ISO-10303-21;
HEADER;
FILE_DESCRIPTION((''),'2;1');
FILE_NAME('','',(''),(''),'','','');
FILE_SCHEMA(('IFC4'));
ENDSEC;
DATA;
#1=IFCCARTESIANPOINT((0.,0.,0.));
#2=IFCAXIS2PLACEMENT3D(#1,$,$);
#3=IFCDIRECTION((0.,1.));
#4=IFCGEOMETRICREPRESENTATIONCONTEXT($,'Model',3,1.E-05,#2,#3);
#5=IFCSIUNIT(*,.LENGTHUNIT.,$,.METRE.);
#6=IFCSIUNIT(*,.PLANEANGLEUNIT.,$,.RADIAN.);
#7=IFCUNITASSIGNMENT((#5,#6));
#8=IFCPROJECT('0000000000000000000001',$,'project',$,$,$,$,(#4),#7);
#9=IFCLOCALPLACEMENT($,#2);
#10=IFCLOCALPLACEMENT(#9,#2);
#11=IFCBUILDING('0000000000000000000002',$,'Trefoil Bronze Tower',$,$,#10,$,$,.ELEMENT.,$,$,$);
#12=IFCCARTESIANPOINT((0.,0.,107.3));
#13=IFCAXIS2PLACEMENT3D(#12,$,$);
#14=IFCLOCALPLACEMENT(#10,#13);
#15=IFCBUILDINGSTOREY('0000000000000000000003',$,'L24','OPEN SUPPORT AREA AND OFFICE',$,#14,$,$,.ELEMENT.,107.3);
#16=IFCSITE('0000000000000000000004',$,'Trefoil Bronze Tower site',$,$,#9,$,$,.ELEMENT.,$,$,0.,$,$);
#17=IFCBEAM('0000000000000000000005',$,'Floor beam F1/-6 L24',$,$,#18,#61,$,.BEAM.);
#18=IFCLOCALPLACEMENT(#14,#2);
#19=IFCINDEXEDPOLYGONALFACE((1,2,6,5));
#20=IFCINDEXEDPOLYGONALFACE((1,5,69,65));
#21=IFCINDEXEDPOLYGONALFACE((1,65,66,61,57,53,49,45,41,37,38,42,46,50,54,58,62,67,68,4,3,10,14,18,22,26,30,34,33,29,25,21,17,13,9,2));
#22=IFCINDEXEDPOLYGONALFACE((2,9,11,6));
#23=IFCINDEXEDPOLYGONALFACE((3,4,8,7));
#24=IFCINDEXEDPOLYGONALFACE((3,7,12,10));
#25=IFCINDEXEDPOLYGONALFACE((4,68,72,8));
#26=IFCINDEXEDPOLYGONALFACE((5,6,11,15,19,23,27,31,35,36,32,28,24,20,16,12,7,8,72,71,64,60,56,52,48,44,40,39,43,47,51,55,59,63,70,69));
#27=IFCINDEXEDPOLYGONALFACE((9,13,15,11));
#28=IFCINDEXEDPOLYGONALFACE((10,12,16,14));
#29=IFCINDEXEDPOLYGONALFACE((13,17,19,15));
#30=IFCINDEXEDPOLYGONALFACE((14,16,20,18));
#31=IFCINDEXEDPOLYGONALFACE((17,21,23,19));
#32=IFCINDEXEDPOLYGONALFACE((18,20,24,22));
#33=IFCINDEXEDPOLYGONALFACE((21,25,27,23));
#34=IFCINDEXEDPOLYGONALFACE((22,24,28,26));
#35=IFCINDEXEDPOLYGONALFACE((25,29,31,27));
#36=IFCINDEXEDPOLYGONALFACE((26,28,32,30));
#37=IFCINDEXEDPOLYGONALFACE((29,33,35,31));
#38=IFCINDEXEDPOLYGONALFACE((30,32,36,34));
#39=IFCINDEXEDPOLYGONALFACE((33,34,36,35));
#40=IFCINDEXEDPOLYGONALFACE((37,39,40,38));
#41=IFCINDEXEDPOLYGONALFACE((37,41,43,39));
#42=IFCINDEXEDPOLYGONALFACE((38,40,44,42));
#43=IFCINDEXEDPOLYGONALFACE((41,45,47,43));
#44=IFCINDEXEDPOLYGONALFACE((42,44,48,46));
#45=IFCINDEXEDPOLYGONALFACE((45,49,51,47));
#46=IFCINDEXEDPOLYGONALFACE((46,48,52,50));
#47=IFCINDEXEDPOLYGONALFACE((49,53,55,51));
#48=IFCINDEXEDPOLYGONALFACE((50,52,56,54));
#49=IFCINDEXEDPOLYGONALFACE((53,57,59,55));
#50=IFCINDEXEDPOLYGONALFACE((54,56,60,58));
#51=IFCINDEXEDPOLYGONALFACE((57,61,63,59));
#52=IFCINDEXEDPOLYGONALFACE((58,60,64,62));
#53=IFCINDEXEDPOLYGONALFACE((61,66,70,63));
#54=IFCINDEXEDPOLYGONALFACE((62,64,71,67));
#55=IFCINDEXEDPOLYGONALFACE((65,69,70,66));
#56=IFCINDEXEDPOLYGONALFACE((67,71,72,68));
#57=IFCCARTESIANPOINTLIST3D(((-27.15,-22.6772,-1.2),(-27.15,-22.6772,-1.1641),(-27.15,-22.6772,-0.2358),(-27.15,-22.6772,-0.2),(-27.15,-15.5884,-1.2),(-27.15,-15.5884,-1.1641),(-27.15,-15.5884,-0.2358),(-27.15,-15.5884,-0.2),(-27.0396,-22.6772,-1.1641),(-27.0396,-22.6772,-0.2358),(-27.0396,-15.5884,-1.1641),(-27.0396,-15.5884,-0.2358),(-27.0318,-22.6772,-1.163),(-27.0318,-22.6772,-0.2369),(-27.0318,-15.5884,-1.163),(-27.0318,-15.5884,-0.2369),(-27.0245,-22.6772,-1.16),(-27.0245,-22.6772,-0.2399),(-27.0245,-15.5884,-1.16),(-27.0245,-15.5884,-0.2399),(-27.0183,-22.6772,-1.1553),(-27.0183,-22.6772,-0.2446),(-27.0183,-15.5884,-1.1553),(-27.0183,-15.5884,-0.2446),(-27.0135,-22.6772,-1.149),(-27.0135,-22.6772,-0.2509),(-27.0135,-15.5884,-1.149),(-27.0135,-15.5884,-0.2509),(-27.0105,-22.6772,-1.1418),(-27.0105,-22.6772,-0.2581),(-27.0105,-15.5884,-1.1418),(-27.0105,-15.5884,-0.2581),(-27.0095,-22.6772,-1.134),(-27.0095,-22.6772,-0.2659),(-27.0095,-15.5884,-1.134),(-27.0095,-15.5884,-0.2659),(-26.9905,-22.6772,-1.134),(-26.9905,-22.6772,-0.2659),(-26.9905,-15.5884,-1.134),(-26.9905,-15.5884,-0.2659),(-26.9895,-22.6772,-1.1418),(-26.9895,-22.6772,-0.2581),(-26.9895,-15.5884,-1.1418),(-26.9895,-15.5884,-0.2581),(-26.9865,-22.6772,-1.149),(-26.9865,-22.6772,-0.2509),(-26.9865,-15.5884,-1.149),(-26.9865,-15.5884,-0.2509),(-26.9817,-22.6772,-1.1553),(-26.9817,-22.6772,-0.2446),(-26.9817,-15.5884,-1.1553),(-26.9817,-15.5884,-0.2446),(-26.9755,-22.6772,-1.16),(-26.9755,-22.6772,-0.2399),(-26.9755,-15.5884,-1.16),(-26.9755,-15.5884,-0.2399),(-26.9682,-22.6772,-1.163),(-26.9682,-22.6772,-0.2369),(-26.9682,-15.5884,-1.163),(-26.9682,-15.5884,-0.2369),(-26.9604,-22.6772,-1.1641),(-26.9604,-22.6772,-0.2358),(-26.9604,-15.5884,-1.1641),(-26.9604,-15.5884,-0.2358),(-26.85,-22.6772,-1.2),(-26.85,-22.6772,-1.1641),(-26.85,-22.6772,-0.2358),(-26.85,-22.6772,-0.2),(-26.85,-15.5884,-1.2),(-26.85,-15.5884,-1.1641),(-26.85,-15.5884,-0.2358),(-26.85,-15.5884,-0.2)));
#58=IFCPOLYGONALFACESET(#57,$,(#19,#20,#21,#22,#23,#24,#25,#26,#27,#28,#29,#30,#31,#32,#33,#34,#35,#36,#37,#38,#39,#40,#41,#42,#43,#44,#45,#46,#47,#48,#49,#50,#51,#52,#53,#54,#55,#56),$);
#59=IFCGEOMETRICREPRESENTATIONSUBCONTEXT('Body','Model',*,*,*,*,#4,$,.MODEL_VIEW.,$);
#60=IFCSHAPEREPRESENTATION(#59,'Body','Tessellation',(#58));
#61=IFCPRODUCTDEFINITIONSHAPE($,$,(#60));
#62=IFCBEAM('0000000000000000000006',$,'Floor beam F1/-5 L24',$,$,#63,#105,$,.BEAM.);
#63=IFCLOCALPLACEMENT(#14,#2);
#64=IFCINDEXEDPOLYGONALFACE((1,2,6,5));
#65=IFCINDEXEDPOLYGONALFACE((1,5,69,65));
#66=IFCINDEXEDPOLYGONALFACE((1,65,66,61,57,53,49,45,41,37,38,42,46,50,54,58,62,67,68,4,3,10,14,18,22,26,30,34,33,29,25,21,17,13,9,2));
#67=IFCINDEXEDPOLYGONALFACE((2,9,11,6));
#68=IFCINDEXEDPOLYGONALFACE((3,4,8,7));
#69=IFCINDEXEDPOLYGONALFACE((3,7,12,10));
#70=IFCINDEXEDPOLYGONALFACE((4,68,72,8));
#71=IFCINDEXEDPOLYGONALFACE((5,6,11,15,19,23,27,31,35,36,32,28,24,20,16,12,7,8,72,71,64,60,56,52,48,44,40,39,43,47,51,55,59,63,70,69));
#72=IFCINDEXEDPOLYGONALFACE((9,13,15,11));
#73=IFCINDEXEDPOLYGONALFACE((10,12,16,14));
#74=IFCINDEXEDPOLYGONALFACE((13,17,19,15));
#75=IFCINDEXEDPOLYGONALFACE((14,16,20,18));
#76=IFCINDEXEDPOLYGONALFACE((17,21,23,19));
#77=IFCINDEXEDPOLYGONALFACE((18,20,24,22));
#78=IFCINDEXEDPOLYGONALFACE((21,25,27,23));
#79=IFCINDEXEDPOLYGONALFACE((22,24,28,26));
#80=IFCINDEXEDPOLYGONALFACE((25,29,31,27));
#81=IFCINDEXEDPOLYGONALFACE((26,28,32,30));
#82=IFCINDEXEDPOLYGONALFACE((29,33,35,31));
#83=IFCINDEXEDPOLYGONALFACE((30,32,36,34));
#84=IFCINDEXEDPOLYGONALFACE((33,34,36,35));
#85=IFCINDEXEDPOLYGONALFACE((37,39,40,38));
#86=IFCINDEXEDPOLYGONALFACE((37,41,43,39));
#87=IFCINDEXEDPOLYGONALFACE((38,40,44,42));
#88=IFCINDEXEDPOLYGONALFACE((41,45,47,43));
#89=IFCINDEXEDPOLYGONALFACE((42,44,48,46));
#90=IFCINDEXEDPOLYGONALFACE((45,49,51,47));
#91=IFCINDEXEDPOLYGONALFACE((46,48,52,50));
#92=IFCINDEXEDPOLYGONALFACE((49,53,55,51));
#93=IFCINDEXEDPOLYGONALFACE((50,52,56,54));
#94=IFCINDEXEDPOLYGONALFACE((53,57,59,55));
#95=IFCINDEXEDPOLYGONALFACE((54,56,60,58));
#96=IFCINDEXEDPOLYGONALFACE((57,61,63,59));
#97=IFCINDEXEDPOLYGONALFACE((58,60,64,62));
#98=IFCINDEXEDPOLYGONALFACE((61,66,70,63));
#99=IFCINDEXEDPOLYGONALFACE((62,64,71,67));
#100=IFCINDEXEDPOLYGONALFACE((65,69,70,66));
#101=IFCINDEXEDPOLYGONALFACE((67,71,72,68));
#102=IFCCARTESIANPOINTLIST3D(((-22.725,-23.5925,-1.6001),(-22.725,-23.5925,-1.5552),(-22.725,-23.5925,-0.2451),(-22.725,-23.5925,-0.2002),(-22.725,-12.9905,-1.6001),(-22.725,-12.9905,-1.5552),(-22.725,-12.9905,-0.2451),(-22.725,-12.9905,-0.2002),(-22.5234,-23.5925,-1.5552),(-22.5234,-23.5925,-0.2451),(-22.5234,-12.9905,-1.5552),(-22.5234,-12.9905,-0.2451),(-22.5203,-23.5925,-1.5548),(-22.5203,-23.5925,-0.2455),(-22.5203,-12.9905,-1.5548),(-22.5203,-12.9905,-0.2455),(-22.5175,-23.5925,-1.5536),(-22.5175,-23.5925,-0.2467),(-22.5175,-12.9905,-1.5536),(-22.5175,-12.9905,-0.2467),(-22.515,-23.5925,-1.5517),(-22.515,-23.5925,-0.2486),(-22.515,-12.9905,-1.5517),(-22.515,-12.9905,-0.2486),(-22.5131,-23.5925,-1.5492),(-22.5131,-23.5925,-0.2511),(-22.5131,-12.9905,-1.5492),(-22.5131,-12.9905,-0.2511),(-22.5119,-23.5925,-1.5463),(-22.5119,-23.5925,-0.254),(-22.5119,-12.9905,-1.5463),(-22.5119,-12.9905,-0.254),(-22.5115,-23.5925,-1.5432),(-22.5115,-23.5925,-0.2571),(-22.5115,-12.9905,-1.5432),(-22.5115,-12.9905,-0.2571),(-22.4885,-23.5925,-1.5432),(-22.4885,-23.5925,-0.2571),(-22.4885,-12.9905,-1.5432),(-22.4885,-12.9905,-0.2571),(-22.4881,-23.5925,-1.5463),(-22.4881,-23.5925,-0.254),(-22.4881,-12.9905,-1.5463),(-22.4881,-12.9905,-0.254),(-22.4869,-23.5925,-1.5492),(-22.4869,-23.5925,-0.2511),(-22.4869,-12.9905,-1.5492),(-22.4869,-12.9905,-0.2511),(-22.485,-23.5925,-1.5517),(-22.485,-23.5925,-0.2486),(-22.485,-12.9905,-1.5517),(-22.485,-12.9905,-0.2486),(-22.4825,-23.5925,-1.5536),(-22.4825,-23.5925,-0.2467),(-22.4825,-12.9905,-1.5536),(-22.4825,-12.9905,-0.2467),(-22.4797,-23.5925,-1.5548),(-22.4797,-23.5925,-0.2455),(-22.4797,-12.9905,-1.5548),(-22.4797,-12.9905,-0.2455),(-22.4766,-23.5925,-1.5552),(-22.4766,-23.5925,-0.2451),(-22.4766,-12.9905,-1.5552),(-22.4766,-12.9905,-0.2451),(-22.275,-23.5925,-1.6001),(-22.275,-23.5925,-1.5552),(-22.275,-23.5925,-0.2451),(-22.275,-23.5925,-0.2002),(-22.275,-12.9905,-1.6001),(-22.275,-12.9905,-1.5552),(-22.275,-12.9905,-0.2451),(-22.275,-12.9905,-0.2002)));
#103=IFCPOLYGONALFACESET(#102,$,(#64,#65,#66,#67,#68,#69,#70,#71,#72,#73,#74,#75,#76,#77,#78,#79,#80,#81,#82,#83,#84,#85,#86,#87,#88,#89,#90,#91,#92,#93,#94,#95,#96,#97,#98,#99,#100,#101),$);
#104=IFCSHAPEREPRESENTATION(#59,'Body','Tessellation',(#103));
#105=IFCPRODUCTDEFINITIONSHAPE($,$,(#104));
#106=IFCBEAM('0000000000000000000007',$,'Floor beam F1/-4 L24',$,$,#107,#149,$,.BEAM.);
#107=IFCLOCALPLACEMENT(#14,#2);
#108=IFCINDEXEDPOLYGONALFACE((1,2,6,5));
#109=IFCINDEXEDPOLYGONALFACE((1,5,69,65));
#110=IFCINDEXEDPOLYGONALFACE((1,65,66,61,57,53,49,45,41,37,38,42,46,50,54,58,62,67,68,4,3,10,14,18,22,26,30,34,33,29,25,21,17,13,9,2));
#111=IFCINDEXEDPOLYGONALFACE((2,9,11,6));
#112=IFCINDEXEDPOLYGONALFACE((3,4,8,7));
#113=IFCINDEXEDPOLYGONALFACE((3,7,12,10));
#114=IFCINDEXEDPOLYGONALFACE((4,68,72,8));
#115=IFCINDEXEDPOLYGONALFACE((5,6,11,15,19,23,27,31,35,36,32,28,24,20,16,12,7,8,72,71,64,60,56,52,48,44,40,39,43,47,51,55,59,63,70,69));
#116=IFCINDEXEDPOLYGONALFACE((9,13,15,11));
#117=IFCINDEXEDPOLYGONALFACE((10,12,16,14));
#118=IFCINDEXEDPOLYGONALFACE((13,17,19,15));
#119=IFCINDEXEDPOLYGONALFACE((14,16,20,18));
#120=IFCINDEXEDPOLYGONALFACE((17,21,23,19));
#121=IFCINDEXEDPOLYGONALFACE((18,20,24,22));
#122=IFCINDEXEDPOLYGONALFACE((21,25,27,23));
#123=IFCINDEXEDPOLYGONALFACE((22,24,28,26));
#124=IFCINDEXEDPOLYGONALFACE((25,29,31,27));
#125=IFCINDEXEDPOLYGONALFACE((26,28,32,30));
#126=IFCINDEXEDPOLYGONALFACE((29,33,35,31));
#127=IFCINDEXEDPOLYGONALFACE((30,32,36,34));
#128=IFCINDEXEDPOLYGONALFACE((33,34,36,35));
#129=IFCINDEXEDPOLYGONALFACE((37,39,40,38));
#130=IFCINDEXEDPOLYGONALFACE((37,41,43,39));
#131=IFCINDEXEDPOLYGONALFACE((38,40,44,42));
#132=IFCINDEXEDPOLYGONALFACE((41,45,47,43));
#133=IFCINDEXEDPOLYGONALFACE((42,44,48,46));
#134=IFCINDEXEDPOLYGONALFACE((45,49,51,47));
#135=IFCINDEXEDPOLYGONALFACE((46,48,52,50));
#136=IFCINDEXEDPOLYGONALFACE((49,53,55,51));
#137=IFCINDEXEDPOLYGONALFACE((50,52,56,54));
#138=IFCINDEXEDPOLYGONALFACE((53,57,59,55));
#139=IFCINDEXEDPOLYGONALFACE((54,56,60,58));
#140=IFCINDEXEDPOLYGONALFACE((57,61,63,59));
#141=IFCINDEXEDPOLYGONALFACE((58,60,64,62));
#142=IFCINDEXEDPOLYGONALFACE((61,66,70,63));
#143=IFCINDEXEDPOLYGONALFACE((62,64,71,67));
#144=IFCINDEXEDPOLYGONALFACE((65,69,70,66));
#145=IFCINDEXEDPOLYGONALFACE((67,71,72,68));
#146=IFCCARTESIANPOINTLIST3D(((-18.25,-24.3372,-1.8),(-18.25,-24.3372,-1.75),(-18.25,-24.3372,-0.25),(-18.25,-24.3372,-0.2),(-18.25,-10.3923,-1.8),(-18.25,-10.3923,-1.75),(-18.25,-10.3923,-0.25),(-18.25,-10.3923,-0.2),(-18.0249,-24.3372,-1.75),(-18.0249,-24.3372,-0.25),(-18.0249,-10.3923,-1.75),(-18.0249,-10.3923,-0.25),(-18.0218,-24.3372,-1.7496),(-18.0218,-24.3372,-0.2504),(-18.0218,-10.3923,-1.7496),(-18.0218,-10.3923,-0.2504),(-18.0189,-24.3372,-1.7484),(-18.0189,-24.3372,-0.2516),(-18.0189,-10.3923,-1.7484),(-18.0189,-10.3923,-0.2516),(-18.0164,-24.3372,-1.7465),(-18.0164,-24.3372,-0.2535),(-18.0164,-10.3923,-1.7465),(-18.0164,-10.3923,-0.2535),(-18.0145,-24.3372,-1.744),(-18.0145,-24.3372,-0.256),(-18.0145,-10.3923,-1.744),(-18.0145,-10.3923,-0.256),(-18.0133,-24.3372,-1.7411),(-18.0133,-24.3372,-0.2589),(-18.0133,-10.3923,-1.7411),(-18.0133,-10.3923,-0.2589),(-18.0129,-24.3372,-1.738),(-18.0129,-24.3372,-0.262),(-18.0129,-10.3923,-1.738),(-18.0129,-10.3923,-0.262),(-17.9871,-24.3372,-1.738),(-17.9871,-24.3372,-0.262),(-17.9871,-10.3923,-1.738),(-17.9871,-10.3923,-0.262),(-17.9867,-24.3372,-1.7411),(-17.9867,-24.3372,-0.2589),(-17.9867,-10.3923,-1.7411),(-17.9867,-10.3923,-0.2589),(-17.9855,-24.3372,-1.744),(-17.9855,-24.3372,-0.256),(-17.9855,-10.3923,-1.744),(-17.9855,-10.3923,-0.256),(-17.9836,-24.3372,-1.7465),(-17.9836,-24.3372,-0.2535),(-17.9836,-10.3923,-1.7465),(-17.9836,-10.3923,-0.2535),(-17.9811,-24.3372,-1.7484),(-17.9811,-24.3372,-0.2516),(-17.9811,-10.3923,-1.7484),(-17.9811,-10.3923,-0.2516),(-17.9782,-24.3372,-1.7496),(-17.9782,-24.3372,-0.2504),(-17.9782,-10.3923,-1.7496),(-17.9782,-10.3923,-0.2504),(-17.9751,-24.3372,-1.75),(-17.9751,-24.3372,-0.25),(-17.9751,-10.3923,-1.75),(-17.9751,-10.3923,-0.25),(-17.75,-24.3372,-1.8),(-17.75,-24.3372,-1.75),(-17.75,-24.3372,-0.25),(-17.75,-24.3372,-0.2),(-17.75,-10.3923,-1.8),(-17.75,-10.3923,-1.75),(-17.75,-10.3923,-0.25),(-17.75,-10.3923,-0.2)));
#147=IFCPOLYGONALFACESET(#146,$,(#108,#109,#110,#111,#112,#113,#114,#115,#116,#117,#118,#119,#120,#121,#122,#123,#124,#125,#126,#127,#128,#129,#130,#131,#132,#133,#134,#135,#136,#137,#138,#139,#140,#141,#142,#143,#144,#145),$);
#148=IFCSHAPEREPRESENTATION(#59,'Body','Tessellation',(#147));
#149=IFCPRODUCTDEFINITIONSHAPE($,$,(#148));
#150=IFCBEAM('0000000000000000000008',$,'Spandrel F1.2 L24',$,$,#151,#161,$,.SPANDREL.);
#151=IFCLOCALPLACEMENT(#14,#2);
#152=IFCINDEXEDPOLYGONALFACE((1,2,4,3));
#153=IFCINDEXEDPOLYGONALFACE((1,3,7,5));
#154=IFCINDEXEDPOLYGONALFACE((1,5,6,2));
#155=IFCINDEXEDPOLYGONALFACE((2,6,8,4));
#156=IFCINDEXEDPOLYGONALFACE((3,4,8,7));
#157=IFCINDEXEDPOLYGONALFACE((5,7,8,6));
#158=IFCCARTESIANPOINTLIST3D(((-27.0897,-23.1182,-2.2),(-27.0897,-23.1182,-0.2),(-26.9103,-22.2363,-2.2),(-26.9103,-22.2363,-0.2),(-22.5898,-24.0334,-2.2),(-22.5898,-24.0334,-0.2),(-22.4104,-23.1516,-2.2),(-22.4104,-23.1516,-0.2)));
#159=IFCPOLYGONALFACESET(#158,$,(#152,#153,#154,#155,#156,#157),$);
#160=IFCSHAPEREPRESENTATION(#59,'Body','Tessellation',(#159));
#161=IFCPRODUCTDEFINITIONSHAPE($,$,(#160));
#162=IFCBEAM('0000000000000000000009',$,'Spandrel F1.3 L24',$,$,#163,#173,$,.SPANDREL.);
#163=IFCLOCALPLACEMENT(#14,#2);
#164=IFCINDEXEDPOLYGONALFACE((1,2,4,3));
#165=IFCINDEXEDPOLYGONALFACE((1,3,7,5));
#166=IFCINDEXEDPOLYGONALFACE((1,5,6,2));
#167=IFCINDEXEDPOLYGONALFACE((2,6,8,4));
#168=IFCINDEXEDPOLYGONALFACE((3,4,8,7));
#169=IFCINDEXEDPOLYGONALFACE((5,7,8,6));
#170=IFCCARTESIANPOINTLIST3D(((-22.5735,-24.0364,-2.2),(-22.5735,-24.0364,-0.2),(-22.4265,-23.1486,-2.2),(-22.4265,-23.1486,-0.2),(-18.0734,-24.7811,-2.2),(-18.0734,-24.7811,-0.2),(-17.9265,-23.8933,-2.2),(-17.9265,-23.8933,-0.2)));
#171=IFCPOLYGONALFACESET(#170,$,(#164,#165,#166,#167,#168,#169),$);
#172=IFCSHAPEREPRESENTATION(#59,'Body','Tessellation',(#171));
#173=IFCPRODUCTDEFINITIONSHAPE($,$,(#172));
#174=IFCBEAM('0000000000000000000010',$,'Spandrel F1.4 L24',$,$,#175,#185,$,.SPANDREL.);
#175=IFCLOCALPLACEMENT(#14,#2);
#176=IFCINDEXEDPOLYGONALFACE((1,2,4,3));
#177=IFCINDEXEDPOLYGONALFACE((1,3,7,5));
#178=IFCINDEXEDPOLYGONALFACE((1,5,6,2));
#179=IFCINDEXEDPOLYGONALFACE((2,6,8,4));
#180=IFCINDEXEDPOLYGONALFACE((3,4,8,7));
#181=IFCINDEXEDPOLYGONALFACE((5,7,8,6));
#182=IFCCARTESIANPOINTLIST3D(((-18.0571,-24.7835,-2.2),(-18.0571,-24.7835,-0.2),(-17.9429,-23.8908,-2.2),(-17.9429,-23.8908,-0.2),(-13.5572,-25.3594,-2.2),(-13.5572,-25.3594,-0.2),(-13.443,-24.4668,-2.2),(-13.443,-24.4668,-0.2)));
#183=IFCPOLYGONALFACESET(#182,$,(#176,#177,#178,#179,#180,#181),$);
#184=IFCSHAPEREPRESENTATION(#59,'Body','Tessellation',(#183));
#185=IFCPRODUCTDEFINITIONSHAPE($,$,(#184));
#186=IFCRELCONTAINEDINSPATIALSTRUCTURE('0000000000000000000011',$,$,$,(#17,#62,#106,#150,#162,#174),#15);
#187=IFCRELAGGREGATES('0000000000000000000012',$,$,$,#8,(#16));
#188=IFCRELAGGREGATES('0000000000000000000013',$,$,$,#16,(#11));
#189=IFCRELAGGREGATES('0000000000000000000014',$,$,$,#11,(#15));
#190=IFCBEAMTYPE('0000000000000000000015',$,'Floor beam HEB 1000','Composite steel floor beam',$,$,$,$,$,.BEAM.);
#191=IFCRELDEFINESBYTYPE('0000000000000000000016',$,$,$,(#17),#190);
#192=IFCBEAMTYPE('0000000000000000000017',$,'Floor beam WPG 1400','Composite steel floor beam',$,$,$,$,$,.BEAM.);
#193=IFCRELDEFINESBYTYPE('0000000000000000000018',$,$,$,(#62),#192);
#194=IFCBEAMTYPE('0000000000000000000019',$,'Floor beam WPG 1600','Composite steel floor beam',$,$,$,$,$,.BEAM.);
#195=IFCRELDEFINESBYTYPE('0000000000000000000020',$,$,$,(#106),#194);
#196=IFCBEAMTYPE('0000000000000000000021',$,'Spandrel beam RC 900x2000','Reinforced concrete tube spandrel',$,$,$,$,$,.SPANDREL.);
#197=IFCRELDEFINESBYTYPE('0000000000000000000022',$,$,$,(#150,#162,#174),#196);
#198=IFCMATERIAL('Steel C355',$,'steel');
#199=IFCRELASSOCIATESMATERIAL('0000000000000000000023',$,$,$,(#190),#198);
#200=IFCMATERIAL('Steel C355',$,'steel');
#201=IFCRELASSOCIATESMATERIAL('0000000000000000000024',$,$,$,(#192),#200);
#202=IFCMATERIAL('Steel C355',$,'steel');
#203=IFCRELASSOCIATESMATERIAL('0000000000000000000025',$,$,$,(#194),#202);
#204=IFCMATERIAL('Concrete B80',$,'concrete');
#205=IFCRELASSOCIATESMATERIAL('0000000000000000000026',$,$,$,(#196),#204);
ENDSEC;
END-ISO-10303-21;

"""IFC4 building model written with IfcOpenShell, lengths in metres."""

from ifc_helpers import new_model, si_unit, direction, frame, origin, origin_2d, place, context, subcontext, project, spatial, rectangle, i_section, extrude, material, material_profile, profile_set, type_object, element, save


model = new_model("IFC4")

# Units and contexts
model_context = context("Model", 3, precision=1e-05, world=origin(), true_north=direction((0.0, 1.0)))
body_context = subcontext(model_context, "Body", "Model", "MODEL_VIEW")
ifc_project = project(units=[si_unit("LENGTHUNIT", "METRE"), si_unit("PLANEANGLEUNIT", "RADIAN")], contexts=[model_context])

# Site, building, storey
site_placement = place(None, origin())
site = spatial("IfcSite", under=ifc_project, at=site_placement, Name="Trefoil Bronze Tower site", CompositionType="ELEMENT", RefElevation=0.0)
building_placement = place(site_placement, origin())
building = spatial("IfcBuilding", under=site, at=building_placement, Name="Trefoil Bronze Tower", CompositionType="ELEMENT")
storey_placement = place(building_placement, frame((0.0, 0.0, 107.3)))
storey = spatial("IfcBuildingStorey", under=building, at=storey_placement, Name="L24", Description="OPEN SUPPORT AREA AND OFFICE", CompositionType="ELEMENT", Elevation=107.3)

# Beams
ifc_material_1 = material(Name="Steel C355", Category="steel")
ifc_material_profile_1 = material_profile(ifc_material_1, i_section(OverallWidth=0.3, OverallDepth=1.0, WebThickness=0.019, FlangeThickness=0.0359, FilletRadius=0.03, at=origin_2d()), Name="HEB 1000")
ifc_profile_set_1 = profile_set([ifc_material_profile_1], Name="Steel C355")
beam_type_1 = type_object("IfcBeamType", Name="Floor beam HEB 1000", Description="Composite steel floor beam", PredefinedType="BEAM", material=ifc_profile_set_1)
beam_1_placement = place(storey_placement, frame((-27.0, -22.6772, -0.7), z_axis=(0.0, 1.0, 0.0), x_axis=(-1.0, 0.0, 0.0)))
element("IfcBeam", 1, at=beam_1_placement, inside=storey, type_object=beam_type_1, Name="Floor beam F1/-6 L24", PredefinedType="BEAM", context=body_context, shape_type="SweptSolid", body=[
    extrude(i_section(OverallWidth=0.3, OverallDepth=1.0, WebThickness=0.019, FlangeThickness=0.0359, FilletRadius=0.03, at=origin_2d()), origin(), (0.0, 0.0, 1.0), 7.0889),
])
ifc_material_2 = material(Name="Steel C355", Category="steel")
ifc_material_profile_2 = material_profile(ifc_material_2, i_section(OverallWidth=0.45, OverallDepth=1.3999, WebThickness=0.0229, FlangeThickness=0.0449, FilletRadius=0.012, at=origin_2d()), Name="WPG 1400")
ifc_profile_set_2 = profile_set([ifc_material_profile_2], Name="Steel C355")
beam_type_2 = type_object("IfcBeamType", Name="Floor beam WPG 1400", Description="Composite steel floor beam", PredefinedType="BEAM", material=ifc_profile_set_2)
beam_2_placement = place(storey_placement, frame((-22.5, -23.5925, -0.9001), z_axis=(0.0, 1.0, 0.0), x_axis=(-1.0, 0.0, 0.0)))
element("IfcBeam", 2, at=beam_2_placement, inside=storey, type_object=beam_type_2, Name="Floor beam F1/-5 L24", PredefinedType="BEAM", context=body_context, shape_type="SweptSolid", body=[
    extrude(i_section(OverallWidth=0.45, OverallDepth=1.3999, WebThickness=0.0229, FlangeThickness=0.0449, FilletRadius=0.012, at=origin_2d()), origin(), (0.0, 0.0, 1.0), 10.6021),
])
ifc_material_3 = material(Name="Steel C355", Category="steel")
ifc_material_profile_3 = material_profile(ifc_material_3, i_section(OverallWidth=0.5, OverallDepth=1.6001, WebThickness=0.0259, FlangeThickness=0.05, FilletRadius=0.012, at=origin_2d()), Name="WPG 1600")
ifc_profile_set_3 = profile_set([ifc_material_profile_3], Name="Steel C355")
beam_type_3 = type_object("IfcBeamType", Name="Floor beam WPG 1600", Description="Composite steel floor beam", PredefinedType="BEAM", material=ifc_profile_set_3)
beam_3_placement = place(storey_placement, frame((-18.0, -24.3372, -1.0), z_axis=(0.0, 1.0, 0.0), x_axis=(-1.0, 0.0, 0.0)))
element("IfcBeam", 3, at=beam_3_placement, inside=storey, type_object=beam_type_3, Name="Floor beam F1/-4 L24", PredefinedType="BEAM", context=body_context, shape_type="SweptSolid", body=[
    extrude(i_section(OverallWidth=0.5, OverallDepth=1.6001, WebThickness=0.0259, FlangeThickness=0.05, FilletRadius=0.012, at=origin_2d()), origin(), (0.0, 0.0, 1.0), 13.9448),
])
ifc_material_4 = material(Name="Concrete B80", Category="concrete")
ifc_material_profile_4 = material_profile(ifc_material_4, rectangle(XDim=0.8999, YDim=2.0, at=origin_2d()), Name="RC 900x2000")
ifc_profile_set_4 = profile_set([ifc_material_profile_4], Name="Concrete B80")
beam_type_4 = type_object("IfcBeamType", Name="Spandrel beam RC 900x2000", Description="Reinforced concrete tube spandrel", PredefinedType="SPANDREL", material=ifc_profile_set_4)
beam_4_placement = place(storey_placement, frame((-27.0, -22.6772, -1.2), z_axis=(0.979935, -0.199315, 0.0), x_axis=(0.199315, 0.979935, 0.0)))
element("IfcBeam", 4, at=beam_4_placement, inside=storey, type_object=beam_type_4, Name="Spandrel F1.2 L24", PredefinedType="SPANDREL", context=body_context, shape_type="SweptSolid", body=[
    extrude(rectangle(XDim=0.8999, YDim=2.0, at=origin_2d()), origin(), (0.0, 0.0, 1.0), 4.592),
])
beam_5_placement = place(storey_placement, frame((-22.5, -23.5925, -1.2), z_axis=(0.986584, -0.163253, 0.0), x_axis=(0.163253, 0.986584, 0.0)))
element("IfcBeam", 5, at=beam_5_placement, inside=storey, type_object=beam_type_4, Name="Spandrel F1.3 L24", PredefinedType="SPANDREL", context=body_context, shape_type="SweptSolid", body=[
    extrude(rectangle(XDim=0.8999, YDim=2.0, at=origin_2d()), origin(), (0.0, 0.0, 1.0), 4.5613),
])
beam_6_placement = place(storey_placement, frame((-18.0, -24.3372, -1.2), z_axis=(0.991909, -0.126948, 0.0), x_axis=(0.126948, 0.991909, 0.0)))
element("IfcBeam", 6, at=beam_6_placement, inside=storey, type_object=beam_type_4, Name="Spandrel F1.4 L24", PredefinedType="SPANDREL", context=body_context, shape_type="SweptSolid", body=[
    extrude(rectangle(XDim=0.8999, YDim=2.0, at=origin_2d()), origin(), (0.0, 0.0, 1.0), 4.5366),
])

save(model, "model.ifc")
